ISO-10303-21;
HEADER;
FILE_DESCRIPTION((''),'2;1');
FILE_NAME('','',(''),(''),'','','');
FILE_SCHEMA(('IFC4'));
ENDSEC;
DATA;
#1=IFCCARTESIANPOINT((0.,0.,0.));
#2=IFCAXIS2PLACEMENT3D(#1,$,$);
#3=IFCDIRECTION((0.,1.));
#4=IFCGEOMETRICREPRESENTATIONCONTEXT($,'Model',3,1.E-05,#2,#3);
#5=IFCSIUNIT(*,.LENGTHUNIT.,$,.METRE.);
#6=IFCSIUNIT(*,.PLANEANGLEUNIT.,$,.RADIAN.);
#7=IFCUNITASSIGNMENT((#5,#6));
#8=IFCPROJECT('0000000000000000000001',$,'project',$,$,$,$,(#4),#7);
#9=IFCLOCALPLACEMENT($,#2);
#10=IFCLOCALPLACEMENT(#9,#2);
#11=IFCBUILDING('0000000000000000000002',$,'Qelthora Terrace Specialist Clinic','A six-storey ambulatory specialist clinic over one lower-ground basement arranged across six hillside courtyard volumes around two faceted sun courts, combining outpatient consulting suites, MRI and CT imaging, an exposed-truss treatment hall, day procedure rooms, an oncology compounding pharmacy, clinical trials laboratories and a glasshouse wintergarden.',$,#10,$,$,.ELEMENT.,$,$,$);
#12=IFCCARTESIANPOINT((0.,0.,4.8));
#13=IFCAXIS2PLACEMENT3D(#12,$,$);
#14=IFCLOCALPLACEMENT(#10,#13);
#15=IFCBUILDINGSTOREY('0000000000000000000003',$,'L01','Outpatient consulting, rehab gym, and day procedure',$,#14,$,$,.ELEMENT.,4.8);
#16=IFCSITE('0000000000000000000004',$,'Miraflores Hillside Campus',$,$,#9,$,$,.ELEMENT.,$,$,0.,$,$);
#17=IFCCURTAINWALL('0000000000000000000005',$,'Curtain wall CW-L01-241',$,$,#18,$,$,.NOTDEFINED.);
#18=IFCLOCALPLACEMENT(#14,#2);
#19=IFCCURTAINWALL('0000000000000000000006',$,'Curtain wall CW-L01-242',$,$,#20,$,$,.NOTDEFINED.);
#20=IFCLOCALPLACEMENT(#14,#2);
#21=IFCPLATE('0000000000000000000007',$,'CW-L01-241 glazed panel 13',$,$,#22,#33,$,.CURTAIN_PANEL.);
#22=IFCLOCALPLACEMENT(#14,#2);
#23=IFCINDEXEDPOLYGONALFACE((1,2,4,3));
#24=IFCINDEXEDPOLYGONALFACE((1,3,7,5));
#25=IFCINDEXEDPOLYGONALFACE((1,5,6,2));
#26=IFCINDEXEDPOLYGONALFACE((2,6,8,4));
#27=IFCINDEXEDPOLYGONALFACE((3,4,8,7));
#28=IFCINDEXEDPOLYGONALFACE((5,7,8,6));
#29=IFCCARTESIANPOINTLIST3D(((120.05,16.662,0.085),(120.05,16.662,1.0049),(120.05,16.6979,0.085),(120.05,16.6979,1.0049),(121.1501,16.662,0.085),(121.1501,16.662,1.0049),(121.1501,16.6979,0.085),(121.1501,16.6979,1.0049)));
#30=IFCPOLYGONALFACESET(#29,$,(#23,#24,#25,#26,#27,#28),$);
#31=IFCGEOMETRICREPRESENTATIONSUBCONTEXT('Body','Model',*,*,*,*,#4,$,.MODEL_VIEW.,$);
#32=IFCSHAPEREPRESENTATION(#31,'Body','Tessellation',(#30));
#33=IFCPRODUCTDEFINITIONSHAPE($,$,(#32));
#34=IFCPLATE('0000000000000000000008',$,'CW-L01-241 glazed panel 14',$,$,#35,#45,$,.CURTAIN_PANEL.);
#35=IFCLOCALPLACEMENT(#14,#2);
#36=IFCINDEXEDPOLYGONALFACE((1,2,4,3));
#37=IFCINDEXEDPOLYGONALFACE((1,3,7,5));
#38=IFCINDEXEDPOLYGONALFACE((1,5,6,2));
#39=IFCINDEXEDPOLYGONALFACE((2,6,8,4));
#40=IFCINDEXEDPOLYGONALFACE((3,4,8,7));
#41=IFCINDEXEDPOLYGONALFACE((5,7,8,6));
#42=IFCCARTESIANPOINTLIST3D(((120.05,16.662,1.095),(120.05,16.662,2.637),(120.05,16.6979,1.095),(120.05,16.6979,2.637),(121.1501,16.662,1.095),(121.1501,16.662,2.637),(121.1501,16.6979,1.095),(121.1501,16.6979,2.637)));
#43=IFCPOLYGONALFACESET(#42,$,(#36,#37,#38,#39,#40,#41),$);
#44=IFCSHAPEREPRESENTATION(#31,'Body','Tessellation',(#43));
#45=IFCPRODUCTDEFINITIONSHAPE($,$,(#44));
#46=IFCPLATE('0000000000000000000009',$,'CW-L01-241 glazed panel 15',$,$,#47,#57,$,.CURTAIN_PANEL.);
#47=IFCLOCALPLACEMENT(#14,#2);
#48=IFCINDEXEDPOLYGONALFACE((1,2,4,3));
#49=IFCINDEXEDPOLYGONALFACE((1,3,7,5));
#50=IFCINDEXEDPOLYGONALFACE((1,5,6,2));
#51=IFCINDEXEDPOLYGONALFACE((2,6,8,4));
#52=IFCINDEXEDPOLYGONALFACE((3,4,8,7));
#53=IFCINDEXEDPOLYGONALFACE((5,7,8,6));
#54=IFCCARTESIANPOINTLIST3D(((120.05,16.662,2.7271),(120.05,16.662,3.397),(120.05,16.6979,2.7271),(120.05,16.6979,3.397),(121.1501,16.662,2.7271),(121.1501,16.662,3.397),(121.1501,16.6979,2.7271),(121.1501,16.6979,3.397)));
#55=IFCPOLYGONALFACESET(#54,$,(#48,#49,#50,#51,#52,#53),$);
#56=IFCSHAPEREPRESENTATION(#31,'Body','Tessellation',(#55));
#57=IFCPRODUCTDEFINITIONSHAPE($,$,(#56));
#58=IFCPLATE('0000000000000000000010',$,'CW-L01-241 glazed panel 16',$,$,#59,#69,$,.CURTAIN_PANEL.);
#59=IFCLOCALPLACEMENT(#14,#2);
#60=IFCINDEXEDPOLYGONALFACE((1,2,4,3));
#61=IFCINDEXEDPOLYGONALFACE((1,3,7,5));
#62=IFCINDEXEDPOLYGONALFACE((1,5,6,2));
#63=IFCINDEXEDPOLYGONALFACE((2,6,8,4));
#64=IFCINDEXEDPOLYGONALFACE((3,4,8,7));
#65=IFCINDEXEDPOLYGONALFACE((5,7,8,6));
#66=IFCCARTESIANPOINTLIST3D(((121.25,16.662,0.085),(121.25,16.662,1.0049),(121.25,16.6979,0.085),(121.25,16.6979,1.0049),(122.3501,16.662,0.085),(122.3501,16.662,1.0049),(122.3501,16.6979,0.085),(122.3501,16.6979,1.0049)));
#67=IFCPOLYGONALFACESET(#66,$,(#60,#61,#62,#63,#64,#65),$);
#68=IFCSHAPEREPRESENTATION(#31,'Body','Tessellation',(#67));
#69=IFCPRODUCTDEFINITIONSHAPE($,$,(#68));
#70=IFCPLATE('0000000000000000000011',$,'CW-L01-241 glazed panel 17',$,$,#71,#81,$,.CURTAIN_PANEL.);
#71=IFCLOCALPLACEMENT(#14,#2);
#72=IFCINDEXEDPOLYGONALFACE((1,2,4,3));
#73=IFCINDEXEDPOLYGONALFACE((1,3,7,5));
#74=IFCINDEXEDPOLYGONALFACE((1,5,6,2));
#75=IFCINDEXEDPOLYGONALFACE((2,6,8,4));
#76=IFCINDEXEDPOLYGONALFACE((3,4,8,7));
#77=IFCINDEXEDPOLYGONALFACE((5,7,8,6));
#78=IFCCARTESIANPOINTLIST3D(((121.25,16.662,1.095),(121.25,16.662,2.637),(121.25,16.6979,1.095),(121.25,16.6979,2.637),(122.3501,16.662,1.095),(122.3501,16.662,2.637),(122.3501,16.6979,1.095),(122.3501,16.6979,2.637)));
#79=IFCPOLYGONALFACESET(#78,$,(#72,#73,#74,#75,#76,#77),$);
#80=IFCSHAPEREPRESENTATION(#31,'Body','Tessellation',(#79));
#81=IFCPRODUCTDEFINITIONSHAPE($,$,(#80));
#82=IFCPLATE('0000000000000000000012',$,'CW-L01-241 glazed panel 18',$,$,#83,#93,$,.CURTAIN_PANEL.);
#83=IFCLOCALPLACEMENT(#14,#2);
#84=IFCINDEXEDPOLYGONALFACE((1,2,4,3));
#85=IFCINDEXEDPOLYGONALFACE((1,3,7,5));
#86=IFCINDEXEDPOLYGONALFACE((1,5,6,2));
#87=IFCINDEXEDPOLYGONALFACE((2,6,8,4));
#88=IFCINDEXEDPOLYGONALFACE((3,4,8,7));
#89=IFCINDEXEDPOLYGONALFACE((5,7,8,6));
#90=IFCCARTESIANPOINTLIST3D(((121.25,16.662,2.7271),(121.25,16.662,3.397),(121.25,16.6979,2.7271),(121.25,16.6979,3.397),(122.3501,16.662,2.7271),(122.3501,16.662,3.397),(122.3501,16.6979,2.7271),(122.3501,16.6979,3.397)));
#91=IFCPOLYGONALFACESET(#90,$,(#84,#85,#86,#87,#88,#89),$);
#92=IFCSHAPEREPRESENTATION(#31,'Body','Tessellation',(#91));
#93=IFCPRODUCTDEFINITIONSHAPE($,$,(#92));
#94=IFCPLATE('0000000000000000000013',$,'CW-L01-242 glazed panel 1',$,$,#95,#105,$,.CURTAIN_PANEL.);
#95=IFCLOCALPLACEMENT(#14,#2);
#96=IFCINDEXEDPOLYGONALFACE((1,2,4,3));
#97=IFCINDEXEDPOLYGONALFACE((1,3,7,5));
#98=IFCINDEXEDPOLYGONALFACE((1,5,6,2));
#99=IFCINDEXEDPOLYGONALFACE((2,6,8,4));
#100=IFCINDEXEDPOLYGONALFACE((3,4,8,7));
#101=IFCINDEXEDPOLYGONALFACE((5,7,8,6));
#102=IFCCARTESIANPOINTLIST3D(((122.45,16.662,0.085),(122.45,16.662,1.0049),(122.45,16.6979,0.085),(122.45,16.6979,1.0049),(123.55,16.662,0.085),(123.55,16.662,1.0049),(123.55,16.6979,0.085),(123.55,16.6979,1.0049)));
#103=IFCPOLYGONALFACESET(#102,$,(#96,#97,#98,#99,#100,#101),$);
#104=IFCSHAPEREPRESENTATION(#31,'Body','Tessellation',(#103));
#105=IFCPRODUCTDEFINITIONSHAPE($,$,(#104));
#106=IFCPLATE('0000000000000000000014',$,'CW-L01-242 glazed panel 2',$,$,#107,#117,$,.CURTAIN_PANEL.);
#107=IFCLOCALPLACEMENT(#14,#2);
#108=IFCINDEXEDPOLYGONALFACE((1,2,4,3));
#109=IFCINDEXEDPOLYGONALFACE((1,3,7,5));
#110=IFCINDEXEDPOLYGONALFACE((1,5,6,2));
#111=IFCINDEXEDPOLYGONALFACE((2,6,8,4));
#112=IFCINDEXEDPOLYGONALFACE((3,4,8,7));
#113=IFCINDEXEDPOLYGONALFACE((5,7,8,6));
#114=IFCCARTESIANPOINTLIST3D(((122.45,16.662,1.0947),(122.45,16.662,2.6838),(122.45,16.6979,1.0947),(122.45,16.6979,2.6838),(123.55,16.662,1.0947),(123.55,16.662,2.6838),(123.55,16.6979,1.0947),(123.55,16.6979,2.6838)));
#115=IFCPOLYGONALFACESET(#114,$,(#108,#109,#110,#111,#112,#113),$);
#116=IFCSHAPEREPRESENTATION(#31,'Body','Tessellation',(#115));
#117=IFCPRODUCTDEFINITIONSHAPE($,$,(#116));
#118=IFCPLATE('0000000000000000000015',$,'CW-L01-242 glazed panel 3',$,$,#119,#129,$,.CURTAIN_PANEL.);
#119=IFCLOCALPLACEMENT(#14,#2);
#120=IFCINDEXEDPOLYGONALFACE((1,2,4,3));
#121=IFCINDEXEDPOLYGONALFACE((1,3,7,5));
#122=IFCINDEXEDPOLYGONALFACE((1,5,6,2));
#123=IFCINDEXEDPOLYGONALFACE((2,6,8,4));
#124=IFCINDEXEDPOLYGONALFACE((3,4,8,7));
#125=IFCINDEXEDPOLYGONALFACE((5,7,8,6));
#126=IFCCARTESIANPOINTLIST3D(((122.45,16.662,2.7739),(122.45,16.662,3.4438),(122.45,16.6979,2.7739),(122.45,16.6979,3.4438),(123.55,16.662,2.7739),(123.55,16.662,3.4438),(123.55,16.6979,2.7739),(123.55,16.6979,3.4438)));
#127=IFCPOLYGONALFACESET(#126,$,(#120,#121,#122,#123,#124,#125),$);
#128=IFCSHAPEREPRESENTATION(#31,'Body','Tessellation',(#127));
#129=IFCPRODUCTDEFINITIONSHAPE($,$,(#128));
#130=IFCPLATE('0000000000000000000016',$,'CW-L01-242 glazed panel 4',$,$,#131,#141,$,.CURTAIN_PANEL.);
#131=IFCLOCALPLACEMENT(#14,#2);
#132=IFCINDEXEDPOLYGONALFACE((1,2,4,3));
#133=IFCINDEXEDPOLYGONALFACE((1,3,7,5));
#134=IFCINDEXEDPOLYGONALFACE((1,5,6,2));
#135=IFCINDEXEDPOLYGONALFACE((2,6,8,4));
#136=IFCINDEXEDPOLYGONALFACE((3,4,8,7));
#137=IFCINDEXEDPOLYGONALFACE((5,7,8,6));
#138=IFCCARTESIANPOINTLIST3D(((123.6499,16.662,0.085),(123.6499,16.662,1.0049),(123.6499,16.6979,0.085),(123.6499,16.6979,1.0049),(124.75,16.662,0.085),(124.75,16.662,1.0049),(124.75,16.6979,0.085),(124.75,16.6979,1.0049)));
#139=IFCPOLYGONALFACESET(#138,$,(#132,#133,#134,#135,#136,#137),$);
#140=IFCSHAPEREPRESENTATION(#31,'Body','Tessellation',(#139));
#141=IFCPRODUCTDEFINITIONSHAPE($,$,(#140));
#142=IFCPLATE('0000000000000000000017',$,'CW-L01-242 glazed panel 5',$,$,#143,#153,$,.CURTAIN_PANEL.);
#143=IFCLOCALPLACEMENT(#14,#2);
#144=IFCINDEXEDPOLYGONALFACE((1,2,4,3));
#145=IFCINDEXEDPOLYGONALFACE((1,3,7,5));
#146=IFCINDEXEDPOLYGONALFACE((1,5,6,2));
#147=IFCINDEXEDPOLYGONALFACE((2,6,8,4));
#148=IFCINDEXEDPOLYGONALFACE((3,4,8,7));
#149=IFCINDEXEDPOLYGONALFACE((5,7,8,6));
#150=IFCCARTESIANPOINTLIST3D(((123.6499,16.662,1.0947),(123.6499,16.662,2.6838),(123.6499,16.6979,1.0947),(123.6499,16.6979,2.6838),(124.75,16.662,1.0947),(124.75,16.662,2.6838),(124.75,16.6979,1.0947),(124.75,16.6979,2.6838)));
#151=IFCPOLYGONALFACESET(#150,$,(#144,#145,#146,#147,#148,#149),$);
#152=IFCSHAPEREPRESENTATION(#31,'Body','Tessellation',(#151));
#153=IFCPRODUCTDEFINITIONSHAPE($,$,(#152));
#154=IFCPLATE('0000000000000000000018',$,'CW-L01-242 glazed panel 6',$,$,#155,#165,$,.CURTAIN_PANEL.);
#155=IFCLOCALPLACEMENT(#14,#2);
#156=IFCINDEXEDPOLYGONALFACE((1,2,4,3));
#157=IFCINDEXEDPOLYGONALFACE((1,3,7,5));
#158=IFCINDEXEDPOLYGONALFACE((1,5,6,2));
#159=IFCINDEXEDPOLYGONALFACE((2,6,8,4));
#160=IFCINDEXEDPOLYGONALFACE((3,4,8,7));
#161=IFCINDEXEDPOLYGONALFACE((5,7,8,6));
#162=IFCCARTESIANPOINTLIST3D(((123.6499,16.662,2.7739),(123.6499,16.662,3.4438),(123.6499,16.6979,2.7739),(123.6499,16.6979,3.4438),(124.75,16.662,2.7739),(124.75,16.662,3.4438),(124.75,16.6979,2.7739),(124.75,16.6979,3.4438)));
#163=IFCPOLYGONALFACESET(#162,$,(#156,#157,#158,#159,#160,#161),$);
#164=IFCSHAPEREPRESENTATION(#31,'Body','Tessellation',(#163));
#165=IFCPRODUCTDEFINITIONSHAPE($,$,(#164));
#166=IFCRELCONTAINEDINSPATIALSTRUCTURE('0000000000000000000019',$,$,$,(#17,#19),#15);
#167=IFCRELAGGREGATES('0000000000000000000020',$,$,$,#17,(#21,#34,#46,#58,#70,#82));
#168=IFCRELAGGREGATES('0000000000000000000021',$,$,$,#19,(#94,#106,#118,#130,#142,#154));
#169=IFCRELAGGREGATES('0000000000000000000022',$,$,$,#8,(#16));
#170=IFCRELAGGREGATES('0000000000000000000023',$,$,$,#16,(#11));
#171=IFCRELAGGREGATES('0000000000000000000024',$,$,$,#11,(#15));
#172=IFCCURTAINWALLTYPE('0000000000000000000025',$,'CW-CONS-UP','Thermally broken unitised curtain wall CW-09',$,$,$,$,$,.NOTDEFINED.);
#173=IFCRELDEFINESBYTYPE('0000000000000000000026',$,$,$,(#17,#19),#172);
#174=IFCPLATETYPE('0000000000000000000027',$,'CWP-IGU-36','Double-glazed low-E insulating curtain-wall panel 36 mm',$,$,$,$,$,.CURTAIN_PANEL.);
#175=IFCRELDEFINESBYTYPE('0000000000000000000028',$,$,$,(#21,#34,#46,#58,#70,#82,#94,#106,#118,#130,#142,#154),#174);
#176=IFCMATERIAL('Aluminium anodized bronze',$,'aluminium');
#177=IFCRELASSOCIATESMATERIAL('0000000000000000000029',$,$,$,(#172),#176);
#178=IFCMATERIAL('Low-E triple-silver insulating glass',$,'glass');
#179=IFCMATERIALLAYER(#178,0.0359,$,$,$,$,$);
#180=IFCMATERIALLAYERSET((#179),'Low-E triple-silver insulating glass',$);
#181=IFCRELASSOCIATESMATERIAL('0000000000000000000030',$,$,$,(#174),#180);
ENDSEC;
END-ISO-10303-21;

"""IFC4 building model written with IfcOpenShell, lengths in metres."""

from ifc_helpers import new_model, si_unit, direction, frame, origin, origin_2d, place, context, subcontext, project, spatial, rectangle, extrude, material, layer, layer_set, type_object, element, aggregate, save


model = new_model("IFC4")

# Units and contexts
model_context = context("Model", 3, precision=1e-05, world=origin(), true_north=direction((0.0, 1.0)))
body_context = subcontext(model_context, "Body", "Model", "MODEL_VIEW")
ifc_project = project(units=[si_unit("LENGTHUNIT", "METRE"), si_unit("PLANEANGLEUNIT", "RADIAN")], contexts=[model_context])

# Site, building, storey
site_placement = place(None, origin())
site = spatial("IfcSite", under=ifc_project, at=site_placement, Name="Miraflores Hillside Campus", CompositionType="ELEMENT", RefElevation=0.0)
building_placement = place(site_placement, origin())
building = spatial("IfcBuilding", under=site, at=building_placement, Name="Qelthora Terrace Specialist Clinic", Description="A six-storey ambulatory specialist clinic over one lower-ground basement arranged across six hillside courtyard volumes around two faceted sun courts, combining outpatient consulting suites, MRI and CT imaging, an exposed-truss treatment hall, day procedure rooms, an oncology compounding pharmacy, clinical trials laboratories and a glasshouse wintergarden.", CompositionType="ELEMENT")
storey_placement = place(building_placement, frame((0.0, 0.0, 4.8)))
storey = spatial("IfcBuildingStorey", under=building, at=storey_placement, Name="L01", Description="Outpatient consulting, rehab gym, and day procedure", CompositionType="ELEMENT", Elevation=4.8)

# Curtain walls
ifc_material_1 = material(Name="Aluminium anodized bronze", Category="aluminium")
curtain_wall_type = type_object("IfcCurtainWallType", Name="CW-CONS-UP", Description="Thermally broken unitised curtain wall CW-09", PredefinedType="NOTDEFINED", material=ifc_material_1)
curtain_wall_1_placement = place(storey_placement, origin())
curtain_wall_1 = element("IfcCurtainWall", 1, at=curtain_wall_1_placement, inside=storey, type_object=curtain_wall_type, Name="Curtain wall CW-L01-241", PredefinedType="NOTDEFINED")
curtain_wall_2_placement = place(storey_placement, origin())
curtain_wall_2 = element("IfcCurtainWall", 2, at=curtain_wall_2_placement, inside=storey, type_object=curtain_wall_type, Name="Curtain wall CW-L01-242", PredefinedType="NOTDEFINED")

# Plates
ifc_material_2 = material(Name="Low-E triple-silver insulating glass", Category="glass")
ifc_layer = layer(ifc_material_2, 0.0359)
ifc_layer_set = layer_set([ifc_layer], Name="Low-E triple-silver insulating glass")
plate_type = type_object("IfcPlateType", Name="CWP-IGU-36", Description="Double-glazed low-E insulating curtain-wall panel 36 mm", PredefinedType="CURTAIN_PANEL", material=ifc_layer_set)
plate_1_placement = place(storey_placement, frame((120.6001, 16.6799, 0.085), z_axis=(0.0, 0.0, 1.0), x_axis=(1.0, 0.0, 0.0)))
plate_1 = element("IfcPlate", 3, at=plate_1_placement, type_object=plate_type, Name="CW-L01-241 glazed panel 13", PredefinedType="CURTAIN_PANEL", context=body_context, shape_type="SweptSolid", body=[
    extrude(rectangle(XDim=1.1001, YDim=0.0359, at=origin_2d()), origin(), (0.0, 0.0, 1.0), 0.9199),
])
plate_2_placement = place(storey_placement, frame((120.6001, 16.6799, 1.095), z_axis=(0.0, 0.0, 1.0), x_axis=(1.0, 0.0, 0.0)))
plate_2 = element("IfcPlate", 4, at=plate_2_placement, type_object=plate_type, Name="CW-L01-241 glazed panel 14", PredefinedType="CURTAIN_PANEL", context=body_context, shape_type="SweptSolid", body=[
    extrude(rectangle(XDim=1.1001, YDim=0.0359, at=origin_2d()), origin(), (0.0, 0.0, 1.0), 1.542),
])
plate_3_placement = place(storey_placement, frame((120.6001, 16.6799, 2.7271), z_axis=(0.0, 0.0, 1.0), x_axis=(1.0, 0.0, 0.0)))
plate_3 = element("IfcPlate", 5, at=plate_3_placement, type_object=plate_type, Name="CW-L01-241 glazed panel 15", PredefinedType="CURTAIN_PANEL", context=body_context, shape_type="SweptSolid", body=[
    extrude(rectangle(XDim=1.1001, YDim=0.0359, at=origin_2d()), origin(), (0.0, 0.0, 1.0), 0.6699),
])
plate_4_placement = place(storey_placement, frame((121.8, 16.6799, 0.085), z_axis=(0.0, 0.0, 1.0), x_axis=(1.0, 0.0, 0.0)))
plate_4 = element("IfcPlate", 6, at=plate_4_placement, type_object=plate_type, Name="CW-L01-241 glazed panel 16", PredefinedType="CURTAIN_PANEL", context=body_context, shape_type="SweptSolid", body=[
    extrude(rectangle(XDim=1.1001, YDim=0.0359, at=origin_2d()), origin(), (0.0, 0.0, 1.0), 0.9199),
])
plate_5_placement = place(storey_placement, frame((121.8, 16.6799, 1.095), z_axis=(0.0, 0.0, 1.0), x_axis=(1.0, 0.0, 0.0)))
plate_5 = element("IfcPlate", 7, at=plate_5_placement, type_object=plate_type, Name="CW-L01-241 glazed panel 17", PredefinedType="CURTAIN_PANEL", context=body_context, shape_type="SweptSolid", body=[
    extrude(rectangle(XDim=1.1001, YDim=0.0359, at=origin_2d()), origin(), (0.0, 0.0, 1.0), 1.542),
])
plate_6_placement = place(storey_placement, frame((121.8, 16.6799, 2.7271), z_axis=(0.0, 0.0, 1.0), x_axis=(1.0, 0.0, 0.0)))
plate_6 = element("IfcPlate", 8, at=plate_6_placement, type_object=plate_type, Name="CW-L01-241 glazed panel 18", PredefinedType="CURTAIN_PANEL", context=body_context, shape_type="SweptSolid", body=[
    extrude(rectangle(XDim=1.1001, YDim=0.0359, at=origin_2d()), origin(), (0.0, 0.0, 1.0), 0.6699),
])
aggregate(curtain_wall_1, [plate_1, plate_2, plate_3, plate_4, plate_5, plate_6])
plate_7_placement = place(storey_placement, frame((123.0, 16.6799, 0.085), z_axis=(0.0, 0.0, 1.0), x_axis=(1.0, 0.0, 0.0)))
plate_7 = element("IfcPlate", 9, at=plate_7_placement, type_object=plate_type, Name="CW-L01-242 glazed panel 1", PredefinedType="CURTAIN_PANEL", context=body_context, shape_type="SweptSolid", body=[
    extrude(rectangle(XDim=1.1001, YDim=0.0359, at=origin_2d()), origin(), (0.0, 0.0, 1.0), 0.9199),
])
plate_8_placement = place(storey_placement, frame((123.0, 16.6799, 1.0947), z_axis=(0.0, 0.0, 1.0), x_axis=(1.0, 0.0, 0.0)))
plate_8 = element("IfcPlate", 10, at=plate_8_placement, type_object=plate_type, Name="CW-L01-242 glazed panel 2", PredefinedType="CURTAIN_PANEL", context=body_context, shape_type="SweptSolid", body=[
    extrude(rectangle(XDim=1.1001, YDim=0.0359, at=origin_2d()), origin(), (0.0, 0.0, 1.0), 1.5891),
])
plate_9_placement = place(storey_placement, frame((123.0, 16.6799, 2.7739), z_axis=(0.0, 0.0, 1.0), x_axis=(1.0, 0.0, 0.0)))
plate_9 = element("IfcPlate", 11, at=plate_9_placement, type_object=plate_type, Name="CW-L01-242 glazed panel 3", PredefinedType="CURTAIN_PANEL", context=body_context, shape_type="SweptSolid", body=[
    extrude(rectangle(XDim=1.1001, YDim=0.0359, at=origin_2d()), origin(), (0.0, 0.0, 1.0), 0.6699),
])
plate_10_placement = place(storey_placement, frame((124.2, 16.6799, 0.085), z_axis=(0.0, 0.0, 1.0), x_axis=(1.0, 0.0, 0.0)))
plate_10 = element("IfcPlate", 12, at=plate_10_placement, type_object=plate_type, Name="CW-L01-242 glazed panel 4", PredefinedType="CURTAIN_PANEL", context=body_context, shape_type="SweptSolid", body=[
    extrude(rectangle(XDim=1.1001, YDim=0.0359, at=origin_2d()), origin(), (0.0, 0.0, 1.0), 0.9199),
])
plate_11_placement = place(storey_placement, frame((124.2, 16.6799, 1.0947), z_axis=(0.0, 0.0, 1.0), x_axis=(1.0, 0.0, 0.0)))
plate_11 = element("IfcPlate", 13, at=plate_11_placement, type_object=plate_type, Name="CW-L01-242 glazed panel 5", PredefinedType="CURTAIN_PANEL", context=body_context, shape_type="SweptSolid", body=[
    extrude(rectangle(XDim=1.1001, YDim=0.0359, at=origin_2d()), origin(), (0.0, 0.0, 1.0), 1.5891),
])
plate_12_placement = place(storey_placement, frame((124.2, 16.6799, 2.7739), z_axis=(0.0, 0.0, 1.0), x_axis=(1.0, 0.0, 0.0)))
plate_12 = element("IfcPlate", 14, at=plate_12_placement, type_object=plate_type, Name="CW-L01-242 glazed panel 6", PredefinedType="CURTAIN_PANEL", context=body_context, shape_type="SweptSolid", body=[
    extrude(rectangle(XDim=1.1001, YDim=0.0359, at=origin_2d()), origin(), (0.0, 0.0, 1.0), 0.6699),
])
aggregate(curtain_wall_2, [plate_7, plate_8, plate_9, plate_10, plate_11, plate_12])

save(model, "model.ifc")
